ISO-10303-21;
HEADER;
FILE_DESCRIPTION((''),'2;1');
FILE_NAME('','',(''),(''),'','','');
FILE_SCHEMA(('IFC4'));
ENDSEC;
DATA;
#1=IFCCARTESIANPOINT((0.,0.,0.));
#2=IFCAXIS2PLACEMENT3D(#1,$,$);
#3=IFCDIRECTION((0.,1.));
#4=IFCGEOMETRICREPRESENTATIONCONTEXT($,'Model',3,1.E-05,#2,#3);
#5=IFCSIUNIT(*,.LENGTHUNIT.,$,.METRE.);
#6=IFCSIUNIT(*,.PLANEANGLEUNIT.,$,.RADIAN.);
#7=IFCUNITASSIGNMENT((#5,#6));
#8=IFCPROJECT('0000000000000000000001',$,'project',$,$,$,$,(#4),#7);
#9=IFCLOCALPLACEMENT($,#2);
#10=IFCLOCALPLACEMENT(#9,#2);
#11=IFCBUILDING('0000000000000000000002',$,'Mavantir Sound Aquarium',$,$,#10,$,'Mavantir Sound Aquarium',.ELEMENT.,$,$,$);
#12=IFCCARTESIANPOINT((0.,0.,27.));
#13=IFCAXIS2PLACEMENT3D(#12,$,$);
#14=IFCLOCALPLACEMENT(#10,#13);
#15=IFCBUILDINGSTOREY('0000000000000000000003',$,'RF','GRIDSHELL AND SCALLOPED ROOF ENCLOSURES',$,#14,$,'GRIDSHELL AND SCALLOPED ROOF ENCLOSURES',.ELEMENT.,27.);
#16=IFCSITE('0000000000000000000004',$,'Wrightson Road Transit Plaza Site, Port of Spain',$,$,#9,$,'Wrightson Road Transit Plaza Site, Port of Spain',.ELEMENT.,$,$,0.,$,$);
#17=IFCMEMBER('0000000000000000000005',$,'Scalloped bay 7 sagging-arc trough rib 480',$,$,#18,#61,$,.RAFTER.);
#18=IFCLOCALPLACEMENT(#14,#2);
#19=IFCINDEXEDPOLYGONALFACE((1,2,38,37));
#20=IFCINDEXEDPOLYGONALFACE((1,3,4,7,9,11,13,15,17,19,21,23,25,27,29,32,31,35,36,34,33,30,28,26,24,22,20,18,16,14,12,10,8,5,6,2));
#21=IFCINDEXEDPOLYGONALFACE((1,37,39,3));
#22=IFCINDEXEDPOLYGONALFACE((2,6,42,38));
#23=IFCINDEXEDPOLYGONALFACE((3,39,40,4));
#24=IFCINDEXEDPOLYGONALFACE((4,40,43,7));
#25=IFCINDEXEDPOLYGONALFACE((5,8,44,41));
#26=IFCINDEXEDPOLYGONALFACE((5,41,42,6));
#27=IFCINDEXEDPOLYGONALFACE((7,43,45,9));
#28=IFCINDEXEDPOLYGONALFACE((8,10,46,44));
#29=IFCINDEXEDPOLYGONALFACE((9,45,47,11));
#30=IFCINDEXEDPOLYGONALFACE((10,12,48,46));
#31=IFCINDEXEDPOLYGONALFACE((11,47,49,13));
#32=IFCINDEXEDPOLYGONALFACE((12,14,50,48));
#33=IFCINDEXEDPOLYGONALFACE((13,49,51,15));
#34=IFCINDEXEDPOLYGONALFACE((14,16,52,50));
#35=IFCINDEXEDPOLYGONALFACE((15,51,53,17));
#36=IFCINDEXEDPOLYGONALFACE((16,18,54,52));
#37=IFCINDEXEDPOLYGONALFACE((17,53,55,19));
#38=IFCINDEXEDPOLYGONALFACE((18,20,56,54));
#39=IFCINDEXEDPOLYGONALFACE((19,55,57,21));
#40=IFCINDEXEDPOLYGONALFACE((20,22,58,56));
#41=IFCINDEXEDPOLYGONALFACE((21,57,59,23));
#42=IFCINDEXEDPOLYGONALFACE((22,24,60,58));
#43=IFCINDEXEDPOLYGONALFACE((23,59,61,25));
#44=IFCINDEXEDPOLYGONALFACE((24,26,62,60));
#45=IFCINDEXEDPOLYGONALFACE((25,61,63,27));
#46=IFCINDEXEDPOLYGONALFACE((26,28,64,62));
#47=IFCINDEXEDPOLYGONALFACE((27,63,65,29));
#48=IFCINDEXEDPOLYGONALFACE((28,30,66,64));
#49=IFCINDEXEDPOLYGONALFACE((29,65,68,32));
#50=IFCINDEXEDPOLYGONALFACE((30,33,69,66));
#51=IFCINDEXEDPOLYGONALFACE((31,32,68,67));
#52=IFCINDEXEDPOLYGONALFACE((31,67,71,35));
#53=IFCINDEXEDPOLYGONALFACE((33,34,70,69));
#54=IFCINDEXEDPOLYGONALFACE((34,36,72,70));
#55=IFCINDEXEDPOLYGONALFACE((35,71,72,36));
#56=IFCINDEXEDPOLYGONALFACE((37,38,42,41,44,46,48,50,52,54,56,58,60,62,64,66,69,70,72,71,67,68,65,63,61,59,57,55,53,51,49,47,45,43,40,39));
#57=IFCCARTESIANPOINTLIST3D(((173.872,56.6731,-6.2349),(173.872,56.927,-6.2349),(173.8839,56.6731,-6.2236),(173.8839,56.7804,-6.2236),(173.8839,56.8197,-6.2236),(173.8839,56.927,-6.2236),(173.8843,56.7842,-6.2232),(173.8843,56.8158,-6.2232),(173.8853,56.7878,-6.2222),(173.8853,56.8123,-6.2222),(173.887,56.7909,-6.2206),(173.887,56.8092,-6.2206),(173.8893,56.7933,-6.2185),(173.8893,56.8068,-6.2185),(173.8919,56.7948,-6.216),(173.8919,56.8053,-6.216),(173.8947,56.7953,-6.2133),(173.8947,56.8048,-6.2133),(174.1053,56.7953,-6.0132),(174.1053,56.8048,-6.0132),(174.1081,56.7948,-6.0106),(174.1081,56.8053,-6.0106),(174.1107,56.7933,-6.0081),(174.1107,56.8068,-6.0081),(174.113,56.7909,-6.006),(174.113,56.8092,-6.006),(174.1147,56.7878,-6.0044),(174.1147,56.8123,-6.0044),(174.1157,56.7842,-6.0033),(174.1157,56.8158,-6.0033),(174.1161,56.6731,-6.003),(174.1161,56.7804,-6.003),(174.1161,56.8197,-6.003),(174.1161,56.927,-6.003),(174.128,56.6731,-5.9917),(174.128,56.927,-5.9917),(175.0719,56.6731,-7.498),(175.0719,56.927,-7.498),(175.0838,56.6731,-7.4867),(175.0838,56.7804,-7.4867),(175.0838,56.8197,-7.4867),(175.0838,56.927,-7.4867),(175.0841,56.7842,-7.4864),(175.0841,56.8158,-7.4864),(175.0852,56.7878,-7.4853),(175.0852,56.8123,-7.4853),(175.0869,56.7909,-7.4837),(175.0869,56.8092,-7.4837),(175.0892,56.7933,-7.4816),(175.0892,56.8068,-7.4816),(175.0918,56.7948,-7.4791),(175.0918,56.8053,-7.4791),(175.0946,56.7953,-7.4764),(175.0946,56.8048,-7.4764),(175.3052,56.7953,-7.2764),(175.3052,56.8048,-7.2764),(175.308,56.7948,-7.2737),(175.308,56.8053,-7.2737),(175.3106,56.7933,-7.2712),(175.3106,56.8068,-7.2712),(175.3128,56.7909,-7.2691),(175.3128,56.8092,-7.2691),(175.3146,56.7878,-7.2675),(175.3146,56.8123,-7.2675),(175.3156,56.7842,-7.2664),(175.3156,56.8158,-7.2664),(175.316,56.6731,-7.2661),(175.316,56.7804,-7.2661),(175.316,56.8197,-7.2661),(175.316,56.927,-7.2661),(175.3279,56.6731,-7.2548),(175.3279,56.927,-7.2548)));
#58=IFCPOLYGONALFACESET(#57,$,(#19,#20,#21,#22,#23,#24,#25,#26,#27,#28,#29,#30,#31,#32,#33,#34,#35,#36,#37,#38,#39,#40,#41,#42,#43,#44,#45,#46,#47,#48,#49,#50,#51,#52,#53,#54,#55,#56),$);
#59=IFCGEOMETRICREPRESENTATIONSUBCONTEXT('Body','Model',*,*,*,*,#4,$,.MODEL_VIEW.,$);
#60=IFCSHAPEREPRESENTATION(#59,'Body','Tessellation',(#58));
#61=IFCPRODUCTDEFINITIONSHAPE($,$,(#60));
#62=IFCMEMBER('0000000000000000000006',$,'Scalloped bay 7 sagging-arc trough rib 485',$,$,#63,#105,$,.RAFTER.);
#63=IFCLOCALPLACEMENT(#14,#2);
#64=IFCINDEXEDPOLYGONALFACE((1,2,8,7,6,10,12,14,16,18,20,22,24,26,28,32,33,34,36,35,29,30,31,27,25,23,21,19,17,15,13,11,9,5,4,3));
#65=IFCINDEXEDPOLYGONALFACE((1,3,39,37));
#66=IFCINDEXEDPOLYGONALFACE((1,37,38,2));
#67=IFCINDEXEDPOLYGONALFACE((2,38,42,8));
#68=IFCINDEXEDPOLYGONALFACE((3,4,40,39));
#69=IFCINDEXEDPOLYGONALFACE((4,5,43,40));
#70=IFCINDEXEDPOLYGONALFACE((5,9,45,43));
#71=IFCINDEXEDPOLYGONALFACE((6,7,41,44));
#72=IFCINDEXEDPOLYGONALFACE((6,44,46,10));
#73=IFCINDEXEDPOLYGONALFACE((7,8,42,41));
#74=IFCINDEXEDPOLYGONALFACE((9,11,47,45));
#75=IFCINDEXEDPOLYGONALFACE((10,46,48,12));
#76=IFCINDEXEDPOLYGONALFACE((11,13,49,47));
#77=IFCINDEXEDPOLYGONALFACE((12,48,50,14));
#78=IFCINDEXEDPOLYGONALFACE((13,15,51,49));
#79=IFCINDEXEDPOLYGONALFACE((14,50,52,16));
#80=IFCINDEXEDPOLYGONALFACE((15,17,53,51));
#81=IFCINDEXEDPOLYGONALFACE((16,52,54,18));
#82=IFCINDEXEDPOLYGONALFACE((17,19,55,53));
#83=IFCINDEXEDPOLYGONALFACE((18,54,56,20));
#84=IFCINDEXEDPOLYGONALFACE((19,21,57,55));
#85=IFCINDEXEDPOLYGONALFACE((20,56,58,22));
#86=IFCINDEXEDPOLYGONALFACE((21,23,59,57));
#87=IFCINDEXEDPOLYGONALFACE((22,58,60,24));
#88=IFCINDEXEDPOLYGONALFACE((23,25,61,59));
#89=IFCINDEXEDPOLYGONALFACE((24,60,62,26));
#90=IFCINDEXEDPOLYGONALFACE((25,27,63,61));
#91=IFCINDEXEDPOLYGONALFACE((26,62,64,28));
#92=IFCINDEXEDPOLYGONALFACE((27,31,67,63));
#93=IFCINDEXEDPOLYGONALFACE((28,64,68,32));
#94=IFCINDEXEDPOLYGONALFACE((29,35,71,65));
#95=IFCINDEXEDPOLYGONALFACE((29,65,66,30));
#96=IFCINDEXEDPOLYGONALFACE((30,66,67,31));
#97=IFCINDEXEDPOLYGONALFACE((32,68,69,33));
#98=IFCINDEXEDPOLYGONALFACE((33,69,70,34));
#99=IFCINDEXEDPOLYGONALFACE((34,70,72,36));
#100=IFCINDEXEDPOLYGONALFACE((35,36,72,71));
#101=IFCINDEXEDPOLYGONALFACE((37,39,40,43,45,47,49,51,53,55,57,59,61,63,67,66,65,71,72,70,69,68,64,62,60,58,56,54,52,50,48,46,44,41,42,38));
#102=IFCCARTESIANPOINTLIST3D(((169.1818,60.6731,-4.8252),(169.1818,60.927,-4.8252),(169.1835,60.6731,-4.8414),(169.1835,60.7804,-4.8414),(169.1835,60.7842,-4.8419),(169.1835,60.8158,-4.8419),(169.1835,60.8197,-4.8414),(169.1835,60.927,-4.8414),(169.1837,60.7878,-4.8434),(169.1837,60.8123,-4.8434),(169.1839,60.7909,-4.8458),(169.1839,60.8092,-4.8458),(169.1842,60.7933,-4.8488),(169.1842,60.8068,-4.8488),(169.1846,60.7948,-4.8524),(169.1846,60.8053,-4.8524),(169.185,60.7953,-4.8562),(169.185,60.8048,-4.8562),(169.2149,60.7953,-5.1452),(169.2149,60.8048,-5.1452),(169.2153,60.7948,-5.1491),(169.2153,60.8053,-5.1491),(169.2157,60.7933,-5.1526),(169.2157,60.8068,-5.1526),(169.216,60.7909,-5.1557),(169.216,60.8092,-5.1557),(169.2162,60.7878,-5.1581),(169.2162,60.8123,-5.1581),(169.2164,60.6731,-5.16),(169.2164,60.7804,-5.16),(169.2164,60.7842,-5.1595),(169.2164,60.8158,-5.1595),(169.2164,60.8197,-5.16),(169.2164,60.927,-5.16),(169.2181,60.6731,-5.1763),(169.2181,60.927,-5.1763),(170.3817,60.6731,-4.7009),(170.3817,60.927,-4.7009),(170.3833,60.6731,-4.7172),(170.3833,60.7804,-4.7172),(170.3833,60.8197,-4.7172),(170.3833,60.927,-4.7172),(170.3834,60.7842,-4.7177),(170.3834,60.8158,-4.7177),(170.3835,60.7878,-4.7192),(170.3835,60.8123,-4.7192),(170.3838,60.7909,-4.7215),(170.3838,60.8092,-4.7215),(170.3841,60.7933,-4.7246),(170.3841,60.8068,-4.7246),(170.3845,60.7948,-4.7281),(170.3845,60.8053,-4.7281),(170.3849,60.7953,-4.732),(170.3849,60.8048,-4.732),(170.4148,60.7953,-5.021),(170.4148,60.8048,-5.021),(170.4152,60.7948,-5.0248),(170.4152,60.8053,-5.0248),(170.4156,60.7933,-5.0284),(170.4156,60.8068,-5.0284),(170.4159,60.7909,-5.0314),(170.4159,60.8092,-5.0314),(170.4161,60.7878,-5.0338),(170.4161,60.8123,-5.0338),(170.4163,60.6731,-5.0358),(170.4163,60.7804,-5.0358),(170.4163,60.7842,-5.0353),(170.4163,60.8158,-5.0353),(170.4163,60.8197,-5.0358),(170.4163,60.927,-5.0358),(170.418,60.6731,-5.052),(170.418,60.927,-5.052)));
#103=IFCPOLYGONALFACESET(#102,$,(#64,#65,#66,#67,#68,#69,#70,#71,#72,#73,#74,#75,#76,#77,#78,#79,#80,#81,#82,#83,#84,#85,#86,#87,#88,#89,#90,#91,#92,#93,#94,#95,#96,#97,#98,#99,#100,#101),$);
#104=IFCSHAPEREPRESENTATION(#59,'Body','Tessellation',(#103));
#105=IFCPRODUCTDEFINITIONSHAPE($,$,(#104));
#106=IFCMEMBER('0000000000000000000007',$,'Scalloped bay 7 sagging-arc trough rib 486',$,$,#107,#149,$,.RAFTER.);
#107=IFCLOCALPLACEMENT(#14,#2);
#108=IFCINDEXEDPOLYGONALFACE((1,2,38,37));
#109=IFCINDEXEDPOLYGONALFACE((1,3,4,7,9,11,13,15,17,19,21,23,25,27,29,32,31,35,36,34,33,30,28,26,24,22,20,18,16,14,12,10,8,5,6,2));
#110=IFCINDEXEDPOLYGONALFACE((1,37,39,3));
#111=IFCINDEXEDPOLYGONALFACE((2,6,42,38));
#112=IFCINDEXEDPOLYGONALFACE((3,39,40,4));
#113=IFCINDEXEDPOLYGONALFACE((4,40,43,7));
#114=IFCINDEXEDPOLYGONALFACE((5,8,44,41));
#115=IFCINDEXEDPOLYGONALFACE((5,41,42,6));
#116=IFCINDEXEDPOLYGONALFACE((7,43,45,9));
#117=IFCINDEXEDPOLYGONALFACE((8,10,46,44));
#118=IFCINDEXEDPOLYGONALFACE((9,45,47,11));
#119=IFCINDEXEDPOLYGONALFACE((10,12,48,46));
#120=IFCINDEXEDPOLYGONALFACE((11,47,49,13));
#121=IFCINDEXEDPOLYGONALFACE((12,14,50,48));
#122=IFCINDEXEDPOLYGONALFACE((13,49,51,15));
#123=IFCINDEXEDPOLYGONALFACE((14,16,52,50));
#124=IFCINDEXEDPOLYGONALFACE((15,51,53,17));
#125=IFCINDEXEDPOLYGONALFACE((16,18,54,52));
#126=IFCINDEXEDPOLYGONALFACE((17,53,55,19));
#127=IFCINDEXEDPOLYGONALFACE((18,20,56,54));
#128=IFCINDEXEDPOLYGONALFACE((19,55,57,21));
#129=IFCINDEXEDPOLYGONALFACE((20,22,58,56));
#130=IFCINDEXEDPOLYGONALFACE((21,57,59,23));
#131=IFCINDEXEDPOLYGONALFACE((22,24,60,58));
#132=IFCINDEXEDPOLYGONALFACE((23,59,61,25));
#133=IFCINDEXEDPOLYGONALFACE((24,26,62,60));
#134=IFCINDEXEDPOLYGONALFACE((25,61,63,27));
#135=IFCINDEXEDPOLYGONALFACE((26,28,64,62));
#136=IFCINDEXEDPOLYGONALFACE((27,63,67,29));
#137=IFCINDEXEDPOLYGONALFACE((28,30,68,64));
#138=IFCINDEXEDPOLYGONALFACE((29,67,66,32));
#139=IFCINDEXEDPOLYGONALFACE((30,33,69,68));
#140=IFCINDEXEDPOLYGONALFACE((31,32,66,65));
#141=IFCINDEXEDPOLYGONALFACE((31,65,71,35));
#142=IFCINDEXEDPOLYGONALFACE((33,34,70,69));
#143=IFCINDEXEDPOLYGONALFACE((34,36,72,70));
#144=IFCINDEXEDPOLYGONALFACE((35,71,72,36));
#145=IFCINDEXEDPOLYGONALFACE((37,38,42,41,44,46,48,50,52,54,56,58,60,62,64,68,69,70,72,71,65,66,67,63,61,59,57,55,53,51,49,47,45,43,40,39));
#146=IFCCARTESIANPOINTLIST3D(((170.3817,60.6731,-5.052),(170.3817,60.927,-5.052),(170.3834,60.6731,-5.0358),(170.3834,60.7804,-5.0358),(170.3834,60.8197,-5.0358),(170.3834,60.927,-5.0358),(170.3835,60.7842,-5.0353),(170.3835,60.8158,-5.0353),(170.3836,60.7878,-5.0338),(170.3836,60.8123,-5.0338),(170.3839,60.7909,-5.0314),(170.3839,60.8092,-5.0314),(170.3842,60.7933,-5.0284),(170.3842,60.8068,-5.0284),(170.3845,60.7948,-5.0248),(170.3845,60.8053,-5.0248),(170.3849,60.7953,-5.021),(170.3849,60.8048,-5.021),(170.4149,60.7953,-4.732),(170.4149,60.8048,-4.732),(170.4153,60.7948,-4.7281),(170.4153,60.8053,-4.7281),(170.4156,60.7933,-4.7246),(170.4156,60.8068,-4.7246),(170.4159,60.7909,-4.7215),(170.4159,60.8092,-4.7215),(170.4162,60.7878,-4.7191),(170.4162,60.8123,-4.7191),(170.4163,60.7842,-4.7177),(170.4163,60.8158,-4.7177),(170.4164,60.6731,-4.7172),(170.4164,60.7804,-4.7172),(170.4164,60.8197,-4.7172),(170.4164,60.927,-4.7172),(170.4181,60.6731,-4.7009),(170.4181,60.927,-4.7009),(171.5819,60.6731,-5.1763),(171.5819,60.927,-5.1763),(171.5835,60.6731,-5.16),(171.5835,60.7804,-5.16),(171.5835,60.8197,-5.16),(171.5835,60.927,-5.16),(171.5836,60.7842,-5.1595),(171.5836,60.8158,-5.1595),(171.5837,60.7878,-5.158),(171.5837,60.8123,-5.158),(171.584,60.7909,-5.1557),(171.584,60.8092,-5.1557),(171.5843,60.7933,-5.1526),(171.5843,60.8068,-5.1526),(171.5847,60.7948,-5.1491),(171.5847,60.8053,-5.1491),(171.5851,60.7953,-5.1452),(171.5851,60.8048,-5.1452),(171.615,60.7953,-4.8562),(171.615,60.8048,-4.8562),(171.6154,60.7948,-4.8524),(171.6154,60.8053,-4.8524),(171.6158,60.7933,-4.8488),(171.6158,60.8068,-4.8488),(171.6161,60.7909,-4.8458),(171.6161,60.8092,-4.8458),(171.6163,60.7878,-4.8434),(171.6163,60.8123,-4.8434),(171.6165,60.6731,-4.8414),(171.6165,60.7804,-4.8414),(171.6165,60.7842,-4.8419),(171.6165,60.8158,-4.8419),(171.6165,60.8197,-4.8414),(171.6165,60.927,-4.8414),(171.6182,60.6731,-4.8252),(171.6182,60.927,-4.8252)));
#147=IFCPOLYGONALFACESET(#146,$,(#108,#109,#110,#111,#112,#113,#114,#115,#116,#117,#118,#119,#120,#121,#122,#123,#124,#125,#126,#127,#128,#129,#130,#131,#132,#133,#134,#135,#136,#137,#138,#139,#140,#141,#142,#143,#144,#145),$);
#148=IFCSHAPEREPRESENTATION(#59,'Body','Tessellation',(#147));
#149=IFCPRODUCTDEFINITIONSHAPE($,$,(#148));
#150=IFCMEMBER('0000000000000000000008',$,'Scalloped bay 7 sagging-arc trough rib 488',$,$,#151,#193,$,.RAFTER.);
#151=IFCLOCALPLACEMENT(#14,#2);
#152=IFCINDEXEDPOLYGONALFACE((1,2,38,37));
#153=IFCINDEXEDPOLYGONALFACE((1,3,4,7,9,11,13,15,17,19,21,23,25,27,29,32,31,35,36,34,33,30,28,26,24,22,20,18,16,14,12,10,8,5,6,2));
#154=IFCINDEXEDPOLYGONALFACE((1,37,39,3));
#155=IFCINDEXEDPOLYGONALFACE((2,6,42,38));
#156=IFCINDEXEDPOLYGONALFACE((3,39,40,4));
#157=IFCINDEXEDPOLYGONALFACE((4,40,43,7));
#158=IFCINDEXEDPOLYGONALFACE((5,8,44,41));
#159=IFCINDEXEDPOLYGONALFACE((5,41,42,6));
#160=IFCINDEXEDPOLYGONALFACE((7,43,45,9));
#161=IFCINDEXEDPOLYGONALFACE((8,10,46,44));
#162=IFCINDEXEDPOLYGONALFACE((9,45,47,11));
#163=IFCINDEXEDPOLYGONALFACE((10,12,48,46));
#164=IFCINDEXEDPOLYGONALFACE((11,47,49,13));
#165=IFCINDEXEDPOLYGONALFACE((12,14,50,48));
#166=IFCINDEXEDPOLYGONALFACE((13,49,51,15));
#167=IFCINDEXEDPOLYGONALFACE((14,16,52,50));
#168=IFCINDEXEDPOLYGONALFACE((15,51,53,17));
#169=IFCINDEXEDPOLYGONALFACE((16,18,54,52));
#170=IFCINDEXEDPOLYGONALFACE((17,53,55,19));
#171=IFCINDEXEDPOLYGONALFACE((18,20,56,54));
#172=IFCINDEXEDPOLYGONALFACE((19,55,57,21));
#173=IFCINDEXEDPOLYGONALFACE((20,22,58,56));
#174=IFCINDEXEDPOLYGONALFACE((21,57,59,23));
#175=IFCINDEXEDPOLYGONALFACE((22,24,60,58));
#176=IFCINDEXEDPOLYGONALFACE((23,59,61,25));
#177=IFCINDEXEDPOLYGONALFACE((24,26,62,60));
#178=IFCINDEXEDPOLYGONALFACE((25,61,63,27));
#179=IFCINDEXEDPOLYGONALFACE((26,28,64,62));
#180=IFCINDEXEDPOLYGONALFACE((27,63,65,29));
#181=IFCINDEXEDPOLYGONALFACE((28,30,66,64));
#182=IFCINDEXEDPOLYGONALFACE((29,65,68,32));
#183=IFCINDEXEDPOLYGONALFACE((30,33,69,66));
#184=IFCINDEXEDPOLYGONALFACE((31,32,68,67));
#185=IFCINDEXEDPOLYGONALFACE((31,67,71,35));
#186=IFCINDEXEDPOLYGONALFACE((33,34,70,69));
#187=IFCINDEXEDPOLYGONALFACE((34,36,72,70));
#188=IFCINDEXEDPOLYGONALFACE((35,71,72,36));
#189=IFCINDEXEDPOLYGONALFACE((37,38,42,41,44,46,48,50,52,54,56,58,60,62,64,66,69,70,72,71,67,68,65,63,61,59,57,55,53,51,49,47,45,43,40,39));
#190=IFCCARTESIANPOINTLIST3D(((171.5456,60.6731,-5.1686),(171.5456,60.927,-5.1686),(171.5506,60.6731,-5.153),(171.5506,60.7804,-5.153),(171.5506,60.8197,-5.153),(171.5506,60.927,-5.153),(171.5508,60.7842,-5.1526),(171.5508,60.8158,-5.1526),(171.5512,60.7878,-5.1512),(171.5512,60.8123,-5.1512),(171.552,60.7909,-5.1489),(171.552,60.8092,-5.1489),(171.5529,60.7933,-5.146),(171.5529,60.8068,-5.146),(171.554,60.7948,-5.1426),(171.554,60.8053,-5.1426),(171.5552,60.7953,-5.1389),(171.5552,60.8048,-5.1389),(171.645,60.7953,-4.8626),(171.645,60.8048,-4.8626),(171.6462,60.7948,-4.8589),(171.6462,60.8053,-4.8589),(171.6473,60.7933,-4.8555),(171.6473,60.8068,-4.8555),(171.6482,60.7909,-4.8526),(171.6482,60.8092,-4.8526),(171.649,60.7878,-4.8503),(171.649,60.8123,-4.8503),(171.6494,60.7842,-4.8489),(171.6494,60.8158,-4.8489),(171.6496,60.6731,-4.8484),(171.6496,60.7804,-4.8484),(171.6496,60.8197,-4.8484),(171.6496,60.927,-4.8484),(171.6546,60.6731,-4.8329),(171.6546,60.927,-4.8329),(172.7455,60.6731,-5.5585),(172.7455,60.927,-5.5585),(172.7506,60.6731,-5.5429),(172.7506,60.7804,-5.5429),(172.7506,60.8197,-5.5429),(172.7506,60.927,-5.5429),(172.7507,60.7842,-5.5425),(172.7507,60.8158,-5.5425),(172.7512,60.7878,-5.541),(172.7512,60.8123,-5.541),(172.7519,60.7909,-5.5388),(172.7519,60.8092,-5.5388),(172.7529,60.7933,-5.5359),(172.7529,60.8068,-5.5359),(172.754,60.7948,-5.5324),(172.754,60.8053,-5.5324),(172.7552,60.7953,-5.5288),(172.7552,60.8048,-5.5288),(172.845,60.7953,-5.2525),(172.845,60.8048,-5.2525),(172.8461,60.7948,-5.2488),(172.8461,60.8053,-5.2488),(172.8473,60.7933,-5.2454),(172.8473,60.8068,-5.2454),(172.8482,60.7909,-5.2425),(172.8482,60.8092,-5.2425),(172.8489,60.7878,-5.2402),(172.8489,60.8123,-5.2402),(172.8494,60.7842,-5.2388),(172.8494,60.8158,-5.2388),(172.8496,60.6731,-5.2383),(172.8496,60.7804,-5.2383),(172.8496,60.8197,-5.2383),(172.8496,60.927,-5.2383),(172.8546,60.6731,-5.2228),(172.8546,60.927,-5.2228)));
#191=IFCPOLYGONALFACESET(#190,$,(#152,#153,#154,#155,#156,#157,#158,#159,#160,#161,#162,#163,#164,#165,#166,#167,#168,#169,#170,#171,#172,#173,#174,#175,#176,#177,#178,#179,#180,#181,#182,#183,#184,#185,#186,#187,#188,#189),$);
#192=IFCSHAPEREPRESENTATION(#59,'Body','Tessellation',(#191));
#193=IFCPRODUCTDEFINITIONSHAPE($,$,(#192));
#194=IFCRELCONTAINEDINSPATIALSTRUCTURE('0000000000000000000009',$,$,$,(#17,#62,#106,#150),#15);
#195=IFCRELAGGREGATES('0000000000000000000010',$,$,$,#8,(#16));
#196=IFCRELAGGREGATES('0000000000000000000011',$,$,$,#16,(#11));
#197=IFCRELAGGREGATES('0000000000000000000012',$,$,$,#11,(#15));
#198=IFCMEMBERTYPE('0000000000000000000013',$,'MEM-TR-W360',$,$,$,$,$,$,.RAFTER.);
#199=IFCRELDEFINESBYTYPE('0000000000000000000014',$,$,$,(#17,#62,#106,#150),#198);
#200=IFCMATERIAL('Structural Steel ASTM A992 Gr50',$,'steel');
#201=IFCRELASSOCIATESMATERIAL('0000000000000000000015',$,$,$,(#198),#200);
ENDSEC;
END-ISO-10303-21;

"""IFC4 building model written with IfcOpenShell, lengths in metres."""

from ifc_helpers import new_model, si_unit, direction, frame, origin, origin_2d, place, context, subcontext, project, spatial, i_section, extrude, material, material_profile, profile_set, type_object, element, save


model = new_model("IFC4")

# Units and contexts
model_context = context("Model", 3, precision=1e-05, world=origin(), true_north=direction((0.0, 1.0)))
body_context = subcontext(model_context, "Body", "Model", "MODEL_VIEW")
ifc_project = project(units=[si_unit("LENGTHUNIT", "METRE"), si_unit("PLANEANGLEUNIT", "RADIAN")], contexts=[model_context])

# Site, building, storey
site_placement = place(None, origin())
site = spatial("IfcSite", under=ifc_project, at=site_placement, Name="Wrightson Road Transit Plaza Site, Port of Spain", LongName="Wrightson Road Transit Plaza Site, Port of Spain", CompositionType="ELEMENT", RefElevation=0.0)
building_placement = place(site_placement, origin())
building = spatial("IfcBuilding", under=site, at=building_placement, Name="Mavantir Sound Aquarium", LongName="Mavantir Sound Aquarium", CompositionType="ELEMENT")
storey_placement = place(building_placement, frame((0.0, 0.0, 27.0)))
storey = spatial("IfcBuildingStorey", under=building, at=storey_placement, Name="RF", Description="GRIDSHELL AND SCALLOPED ROOF ENCLOSURES", LongName="GRIDSHELL AND SCALLOPED ROOF ENCLOSURES", CompositionType="ELEMENT", Elevation=27.0)

# Shared definitions
ifc_material_1 = material(Name="Structural Steel ASTM A992 Gr50", Category="steel")

# Members
ifc_material_profile_1 = material_profile(ifc_material_1, i_section(OverallWidth=0.2539, OverallDepth=0.353, WebThickness=0.0095, FlangeThickness=0.0164, FilletRadius=0.0149, at=origin_2d()), Name="W360X91")
ifc_profile_set_1 = profile_set([ifc_material_profile_1], Name="Structural Steel ASTM A992 Gr50")
member_type_1 = type_object("IfcMemberType", Name="MEM-TR-W360", PredefinedType="RAFTER", material=ifc_profile_set_1)
member_1_placement = place(storey_placement, frame((174.0, 56.8, -6.1133), z_axis=(0.688727, 0.0, -0.72502), x_axis=(0.0, 1.0, 0.0)))
element("IfcMember", 1, at=member_1_placement, inside=storey, type_object=member_type_1, Name="Scalloped bay 7 sagging-arc trough rib 480", PredefinedType="RAFTER", context=body_context, shape_type="SweptSolid", body=[
    extrude(i_section(OverallWidth=0.2539, OverallDepth=0.353, WebThickness=0.0095, FlangeThickness=0.0164, FilletRadius=0.0149, at=origin_2d()), origin(), (0.0, 0.0, 1.0), 1.7422),
])
member_2_placement = place(storey_placement, frame((169.2, 60.8, -5.0007), z_axis=(0.99468, 0.0, 0.10301), x_axis=(0.0, 1.0, 0.0)))
element("IfcMember", 2, at=member_2_placement, inside=storey, type_object=member_type_1, Name="Scalloped bay 7 sagging-arc trough rib 485", PredefinedType="RAFTER", context=body_context, shape_type="SweptSolid", body=[
    extrude(i_section(OverallWidth=0.2539, OverallDepth=0.353, WebThickness=0.0095, FlangeThickness=0.0164, FilletRadius=0.0149, at=origin_2d()), origin(), (0.0, 0.0, 1.0), 1.2063),
])
member_3_placement = place(storey_placement, frame((170.3999, 60.8, -4.8765), z_axis=(0.994683, 0.0, -0.102989), x_axis=(0.0, 1.0, 0.0)))
element("IfcMember", 3, at=member_3_placement, inside=storey, type_object=member_type_1, Name="Scalloped bay 7 sagging-arc trough rib 486", PredefinedType="RAFTER", context=body_context, shape_type="SweptSolid", body=[
    extrude(i_section(OverallWidth=0.2539, OverallDepth=0.353, WebThickness=0.0095, FlangeThickness=0.0164, FilletRadius=0.0149, at=origin_2d()), origin(), (0.0, 0.0, 1.0), 1.2065),
])
member_4_placement = place(storey_placement, frame((171.6001, 60.8, -5.0007), z_axis=(0.951055, 0.0, -0.30902), x_axis=(0.0, 1.0, 0.0)))
element("IfcMember", 4, at=member_4_placement, inside=storey, type_object=member_type_1, Name="Scalloped bay 7 sagging-arc trough rib 488", PredefinedType="RAFTER", context=body_context, shape_type="SweptSolid", body=[
    extrude(i_section(OverallWidth=0.2539, OverallDepth=0.353, WebThickness=0.0095, FlangeThickness=0.0164, FilletRadius=0.0149, at=origin_2d()), origin(), (0.0, 0.0, 1.0), 1.2617),
])

save(model, "model.ifc")
